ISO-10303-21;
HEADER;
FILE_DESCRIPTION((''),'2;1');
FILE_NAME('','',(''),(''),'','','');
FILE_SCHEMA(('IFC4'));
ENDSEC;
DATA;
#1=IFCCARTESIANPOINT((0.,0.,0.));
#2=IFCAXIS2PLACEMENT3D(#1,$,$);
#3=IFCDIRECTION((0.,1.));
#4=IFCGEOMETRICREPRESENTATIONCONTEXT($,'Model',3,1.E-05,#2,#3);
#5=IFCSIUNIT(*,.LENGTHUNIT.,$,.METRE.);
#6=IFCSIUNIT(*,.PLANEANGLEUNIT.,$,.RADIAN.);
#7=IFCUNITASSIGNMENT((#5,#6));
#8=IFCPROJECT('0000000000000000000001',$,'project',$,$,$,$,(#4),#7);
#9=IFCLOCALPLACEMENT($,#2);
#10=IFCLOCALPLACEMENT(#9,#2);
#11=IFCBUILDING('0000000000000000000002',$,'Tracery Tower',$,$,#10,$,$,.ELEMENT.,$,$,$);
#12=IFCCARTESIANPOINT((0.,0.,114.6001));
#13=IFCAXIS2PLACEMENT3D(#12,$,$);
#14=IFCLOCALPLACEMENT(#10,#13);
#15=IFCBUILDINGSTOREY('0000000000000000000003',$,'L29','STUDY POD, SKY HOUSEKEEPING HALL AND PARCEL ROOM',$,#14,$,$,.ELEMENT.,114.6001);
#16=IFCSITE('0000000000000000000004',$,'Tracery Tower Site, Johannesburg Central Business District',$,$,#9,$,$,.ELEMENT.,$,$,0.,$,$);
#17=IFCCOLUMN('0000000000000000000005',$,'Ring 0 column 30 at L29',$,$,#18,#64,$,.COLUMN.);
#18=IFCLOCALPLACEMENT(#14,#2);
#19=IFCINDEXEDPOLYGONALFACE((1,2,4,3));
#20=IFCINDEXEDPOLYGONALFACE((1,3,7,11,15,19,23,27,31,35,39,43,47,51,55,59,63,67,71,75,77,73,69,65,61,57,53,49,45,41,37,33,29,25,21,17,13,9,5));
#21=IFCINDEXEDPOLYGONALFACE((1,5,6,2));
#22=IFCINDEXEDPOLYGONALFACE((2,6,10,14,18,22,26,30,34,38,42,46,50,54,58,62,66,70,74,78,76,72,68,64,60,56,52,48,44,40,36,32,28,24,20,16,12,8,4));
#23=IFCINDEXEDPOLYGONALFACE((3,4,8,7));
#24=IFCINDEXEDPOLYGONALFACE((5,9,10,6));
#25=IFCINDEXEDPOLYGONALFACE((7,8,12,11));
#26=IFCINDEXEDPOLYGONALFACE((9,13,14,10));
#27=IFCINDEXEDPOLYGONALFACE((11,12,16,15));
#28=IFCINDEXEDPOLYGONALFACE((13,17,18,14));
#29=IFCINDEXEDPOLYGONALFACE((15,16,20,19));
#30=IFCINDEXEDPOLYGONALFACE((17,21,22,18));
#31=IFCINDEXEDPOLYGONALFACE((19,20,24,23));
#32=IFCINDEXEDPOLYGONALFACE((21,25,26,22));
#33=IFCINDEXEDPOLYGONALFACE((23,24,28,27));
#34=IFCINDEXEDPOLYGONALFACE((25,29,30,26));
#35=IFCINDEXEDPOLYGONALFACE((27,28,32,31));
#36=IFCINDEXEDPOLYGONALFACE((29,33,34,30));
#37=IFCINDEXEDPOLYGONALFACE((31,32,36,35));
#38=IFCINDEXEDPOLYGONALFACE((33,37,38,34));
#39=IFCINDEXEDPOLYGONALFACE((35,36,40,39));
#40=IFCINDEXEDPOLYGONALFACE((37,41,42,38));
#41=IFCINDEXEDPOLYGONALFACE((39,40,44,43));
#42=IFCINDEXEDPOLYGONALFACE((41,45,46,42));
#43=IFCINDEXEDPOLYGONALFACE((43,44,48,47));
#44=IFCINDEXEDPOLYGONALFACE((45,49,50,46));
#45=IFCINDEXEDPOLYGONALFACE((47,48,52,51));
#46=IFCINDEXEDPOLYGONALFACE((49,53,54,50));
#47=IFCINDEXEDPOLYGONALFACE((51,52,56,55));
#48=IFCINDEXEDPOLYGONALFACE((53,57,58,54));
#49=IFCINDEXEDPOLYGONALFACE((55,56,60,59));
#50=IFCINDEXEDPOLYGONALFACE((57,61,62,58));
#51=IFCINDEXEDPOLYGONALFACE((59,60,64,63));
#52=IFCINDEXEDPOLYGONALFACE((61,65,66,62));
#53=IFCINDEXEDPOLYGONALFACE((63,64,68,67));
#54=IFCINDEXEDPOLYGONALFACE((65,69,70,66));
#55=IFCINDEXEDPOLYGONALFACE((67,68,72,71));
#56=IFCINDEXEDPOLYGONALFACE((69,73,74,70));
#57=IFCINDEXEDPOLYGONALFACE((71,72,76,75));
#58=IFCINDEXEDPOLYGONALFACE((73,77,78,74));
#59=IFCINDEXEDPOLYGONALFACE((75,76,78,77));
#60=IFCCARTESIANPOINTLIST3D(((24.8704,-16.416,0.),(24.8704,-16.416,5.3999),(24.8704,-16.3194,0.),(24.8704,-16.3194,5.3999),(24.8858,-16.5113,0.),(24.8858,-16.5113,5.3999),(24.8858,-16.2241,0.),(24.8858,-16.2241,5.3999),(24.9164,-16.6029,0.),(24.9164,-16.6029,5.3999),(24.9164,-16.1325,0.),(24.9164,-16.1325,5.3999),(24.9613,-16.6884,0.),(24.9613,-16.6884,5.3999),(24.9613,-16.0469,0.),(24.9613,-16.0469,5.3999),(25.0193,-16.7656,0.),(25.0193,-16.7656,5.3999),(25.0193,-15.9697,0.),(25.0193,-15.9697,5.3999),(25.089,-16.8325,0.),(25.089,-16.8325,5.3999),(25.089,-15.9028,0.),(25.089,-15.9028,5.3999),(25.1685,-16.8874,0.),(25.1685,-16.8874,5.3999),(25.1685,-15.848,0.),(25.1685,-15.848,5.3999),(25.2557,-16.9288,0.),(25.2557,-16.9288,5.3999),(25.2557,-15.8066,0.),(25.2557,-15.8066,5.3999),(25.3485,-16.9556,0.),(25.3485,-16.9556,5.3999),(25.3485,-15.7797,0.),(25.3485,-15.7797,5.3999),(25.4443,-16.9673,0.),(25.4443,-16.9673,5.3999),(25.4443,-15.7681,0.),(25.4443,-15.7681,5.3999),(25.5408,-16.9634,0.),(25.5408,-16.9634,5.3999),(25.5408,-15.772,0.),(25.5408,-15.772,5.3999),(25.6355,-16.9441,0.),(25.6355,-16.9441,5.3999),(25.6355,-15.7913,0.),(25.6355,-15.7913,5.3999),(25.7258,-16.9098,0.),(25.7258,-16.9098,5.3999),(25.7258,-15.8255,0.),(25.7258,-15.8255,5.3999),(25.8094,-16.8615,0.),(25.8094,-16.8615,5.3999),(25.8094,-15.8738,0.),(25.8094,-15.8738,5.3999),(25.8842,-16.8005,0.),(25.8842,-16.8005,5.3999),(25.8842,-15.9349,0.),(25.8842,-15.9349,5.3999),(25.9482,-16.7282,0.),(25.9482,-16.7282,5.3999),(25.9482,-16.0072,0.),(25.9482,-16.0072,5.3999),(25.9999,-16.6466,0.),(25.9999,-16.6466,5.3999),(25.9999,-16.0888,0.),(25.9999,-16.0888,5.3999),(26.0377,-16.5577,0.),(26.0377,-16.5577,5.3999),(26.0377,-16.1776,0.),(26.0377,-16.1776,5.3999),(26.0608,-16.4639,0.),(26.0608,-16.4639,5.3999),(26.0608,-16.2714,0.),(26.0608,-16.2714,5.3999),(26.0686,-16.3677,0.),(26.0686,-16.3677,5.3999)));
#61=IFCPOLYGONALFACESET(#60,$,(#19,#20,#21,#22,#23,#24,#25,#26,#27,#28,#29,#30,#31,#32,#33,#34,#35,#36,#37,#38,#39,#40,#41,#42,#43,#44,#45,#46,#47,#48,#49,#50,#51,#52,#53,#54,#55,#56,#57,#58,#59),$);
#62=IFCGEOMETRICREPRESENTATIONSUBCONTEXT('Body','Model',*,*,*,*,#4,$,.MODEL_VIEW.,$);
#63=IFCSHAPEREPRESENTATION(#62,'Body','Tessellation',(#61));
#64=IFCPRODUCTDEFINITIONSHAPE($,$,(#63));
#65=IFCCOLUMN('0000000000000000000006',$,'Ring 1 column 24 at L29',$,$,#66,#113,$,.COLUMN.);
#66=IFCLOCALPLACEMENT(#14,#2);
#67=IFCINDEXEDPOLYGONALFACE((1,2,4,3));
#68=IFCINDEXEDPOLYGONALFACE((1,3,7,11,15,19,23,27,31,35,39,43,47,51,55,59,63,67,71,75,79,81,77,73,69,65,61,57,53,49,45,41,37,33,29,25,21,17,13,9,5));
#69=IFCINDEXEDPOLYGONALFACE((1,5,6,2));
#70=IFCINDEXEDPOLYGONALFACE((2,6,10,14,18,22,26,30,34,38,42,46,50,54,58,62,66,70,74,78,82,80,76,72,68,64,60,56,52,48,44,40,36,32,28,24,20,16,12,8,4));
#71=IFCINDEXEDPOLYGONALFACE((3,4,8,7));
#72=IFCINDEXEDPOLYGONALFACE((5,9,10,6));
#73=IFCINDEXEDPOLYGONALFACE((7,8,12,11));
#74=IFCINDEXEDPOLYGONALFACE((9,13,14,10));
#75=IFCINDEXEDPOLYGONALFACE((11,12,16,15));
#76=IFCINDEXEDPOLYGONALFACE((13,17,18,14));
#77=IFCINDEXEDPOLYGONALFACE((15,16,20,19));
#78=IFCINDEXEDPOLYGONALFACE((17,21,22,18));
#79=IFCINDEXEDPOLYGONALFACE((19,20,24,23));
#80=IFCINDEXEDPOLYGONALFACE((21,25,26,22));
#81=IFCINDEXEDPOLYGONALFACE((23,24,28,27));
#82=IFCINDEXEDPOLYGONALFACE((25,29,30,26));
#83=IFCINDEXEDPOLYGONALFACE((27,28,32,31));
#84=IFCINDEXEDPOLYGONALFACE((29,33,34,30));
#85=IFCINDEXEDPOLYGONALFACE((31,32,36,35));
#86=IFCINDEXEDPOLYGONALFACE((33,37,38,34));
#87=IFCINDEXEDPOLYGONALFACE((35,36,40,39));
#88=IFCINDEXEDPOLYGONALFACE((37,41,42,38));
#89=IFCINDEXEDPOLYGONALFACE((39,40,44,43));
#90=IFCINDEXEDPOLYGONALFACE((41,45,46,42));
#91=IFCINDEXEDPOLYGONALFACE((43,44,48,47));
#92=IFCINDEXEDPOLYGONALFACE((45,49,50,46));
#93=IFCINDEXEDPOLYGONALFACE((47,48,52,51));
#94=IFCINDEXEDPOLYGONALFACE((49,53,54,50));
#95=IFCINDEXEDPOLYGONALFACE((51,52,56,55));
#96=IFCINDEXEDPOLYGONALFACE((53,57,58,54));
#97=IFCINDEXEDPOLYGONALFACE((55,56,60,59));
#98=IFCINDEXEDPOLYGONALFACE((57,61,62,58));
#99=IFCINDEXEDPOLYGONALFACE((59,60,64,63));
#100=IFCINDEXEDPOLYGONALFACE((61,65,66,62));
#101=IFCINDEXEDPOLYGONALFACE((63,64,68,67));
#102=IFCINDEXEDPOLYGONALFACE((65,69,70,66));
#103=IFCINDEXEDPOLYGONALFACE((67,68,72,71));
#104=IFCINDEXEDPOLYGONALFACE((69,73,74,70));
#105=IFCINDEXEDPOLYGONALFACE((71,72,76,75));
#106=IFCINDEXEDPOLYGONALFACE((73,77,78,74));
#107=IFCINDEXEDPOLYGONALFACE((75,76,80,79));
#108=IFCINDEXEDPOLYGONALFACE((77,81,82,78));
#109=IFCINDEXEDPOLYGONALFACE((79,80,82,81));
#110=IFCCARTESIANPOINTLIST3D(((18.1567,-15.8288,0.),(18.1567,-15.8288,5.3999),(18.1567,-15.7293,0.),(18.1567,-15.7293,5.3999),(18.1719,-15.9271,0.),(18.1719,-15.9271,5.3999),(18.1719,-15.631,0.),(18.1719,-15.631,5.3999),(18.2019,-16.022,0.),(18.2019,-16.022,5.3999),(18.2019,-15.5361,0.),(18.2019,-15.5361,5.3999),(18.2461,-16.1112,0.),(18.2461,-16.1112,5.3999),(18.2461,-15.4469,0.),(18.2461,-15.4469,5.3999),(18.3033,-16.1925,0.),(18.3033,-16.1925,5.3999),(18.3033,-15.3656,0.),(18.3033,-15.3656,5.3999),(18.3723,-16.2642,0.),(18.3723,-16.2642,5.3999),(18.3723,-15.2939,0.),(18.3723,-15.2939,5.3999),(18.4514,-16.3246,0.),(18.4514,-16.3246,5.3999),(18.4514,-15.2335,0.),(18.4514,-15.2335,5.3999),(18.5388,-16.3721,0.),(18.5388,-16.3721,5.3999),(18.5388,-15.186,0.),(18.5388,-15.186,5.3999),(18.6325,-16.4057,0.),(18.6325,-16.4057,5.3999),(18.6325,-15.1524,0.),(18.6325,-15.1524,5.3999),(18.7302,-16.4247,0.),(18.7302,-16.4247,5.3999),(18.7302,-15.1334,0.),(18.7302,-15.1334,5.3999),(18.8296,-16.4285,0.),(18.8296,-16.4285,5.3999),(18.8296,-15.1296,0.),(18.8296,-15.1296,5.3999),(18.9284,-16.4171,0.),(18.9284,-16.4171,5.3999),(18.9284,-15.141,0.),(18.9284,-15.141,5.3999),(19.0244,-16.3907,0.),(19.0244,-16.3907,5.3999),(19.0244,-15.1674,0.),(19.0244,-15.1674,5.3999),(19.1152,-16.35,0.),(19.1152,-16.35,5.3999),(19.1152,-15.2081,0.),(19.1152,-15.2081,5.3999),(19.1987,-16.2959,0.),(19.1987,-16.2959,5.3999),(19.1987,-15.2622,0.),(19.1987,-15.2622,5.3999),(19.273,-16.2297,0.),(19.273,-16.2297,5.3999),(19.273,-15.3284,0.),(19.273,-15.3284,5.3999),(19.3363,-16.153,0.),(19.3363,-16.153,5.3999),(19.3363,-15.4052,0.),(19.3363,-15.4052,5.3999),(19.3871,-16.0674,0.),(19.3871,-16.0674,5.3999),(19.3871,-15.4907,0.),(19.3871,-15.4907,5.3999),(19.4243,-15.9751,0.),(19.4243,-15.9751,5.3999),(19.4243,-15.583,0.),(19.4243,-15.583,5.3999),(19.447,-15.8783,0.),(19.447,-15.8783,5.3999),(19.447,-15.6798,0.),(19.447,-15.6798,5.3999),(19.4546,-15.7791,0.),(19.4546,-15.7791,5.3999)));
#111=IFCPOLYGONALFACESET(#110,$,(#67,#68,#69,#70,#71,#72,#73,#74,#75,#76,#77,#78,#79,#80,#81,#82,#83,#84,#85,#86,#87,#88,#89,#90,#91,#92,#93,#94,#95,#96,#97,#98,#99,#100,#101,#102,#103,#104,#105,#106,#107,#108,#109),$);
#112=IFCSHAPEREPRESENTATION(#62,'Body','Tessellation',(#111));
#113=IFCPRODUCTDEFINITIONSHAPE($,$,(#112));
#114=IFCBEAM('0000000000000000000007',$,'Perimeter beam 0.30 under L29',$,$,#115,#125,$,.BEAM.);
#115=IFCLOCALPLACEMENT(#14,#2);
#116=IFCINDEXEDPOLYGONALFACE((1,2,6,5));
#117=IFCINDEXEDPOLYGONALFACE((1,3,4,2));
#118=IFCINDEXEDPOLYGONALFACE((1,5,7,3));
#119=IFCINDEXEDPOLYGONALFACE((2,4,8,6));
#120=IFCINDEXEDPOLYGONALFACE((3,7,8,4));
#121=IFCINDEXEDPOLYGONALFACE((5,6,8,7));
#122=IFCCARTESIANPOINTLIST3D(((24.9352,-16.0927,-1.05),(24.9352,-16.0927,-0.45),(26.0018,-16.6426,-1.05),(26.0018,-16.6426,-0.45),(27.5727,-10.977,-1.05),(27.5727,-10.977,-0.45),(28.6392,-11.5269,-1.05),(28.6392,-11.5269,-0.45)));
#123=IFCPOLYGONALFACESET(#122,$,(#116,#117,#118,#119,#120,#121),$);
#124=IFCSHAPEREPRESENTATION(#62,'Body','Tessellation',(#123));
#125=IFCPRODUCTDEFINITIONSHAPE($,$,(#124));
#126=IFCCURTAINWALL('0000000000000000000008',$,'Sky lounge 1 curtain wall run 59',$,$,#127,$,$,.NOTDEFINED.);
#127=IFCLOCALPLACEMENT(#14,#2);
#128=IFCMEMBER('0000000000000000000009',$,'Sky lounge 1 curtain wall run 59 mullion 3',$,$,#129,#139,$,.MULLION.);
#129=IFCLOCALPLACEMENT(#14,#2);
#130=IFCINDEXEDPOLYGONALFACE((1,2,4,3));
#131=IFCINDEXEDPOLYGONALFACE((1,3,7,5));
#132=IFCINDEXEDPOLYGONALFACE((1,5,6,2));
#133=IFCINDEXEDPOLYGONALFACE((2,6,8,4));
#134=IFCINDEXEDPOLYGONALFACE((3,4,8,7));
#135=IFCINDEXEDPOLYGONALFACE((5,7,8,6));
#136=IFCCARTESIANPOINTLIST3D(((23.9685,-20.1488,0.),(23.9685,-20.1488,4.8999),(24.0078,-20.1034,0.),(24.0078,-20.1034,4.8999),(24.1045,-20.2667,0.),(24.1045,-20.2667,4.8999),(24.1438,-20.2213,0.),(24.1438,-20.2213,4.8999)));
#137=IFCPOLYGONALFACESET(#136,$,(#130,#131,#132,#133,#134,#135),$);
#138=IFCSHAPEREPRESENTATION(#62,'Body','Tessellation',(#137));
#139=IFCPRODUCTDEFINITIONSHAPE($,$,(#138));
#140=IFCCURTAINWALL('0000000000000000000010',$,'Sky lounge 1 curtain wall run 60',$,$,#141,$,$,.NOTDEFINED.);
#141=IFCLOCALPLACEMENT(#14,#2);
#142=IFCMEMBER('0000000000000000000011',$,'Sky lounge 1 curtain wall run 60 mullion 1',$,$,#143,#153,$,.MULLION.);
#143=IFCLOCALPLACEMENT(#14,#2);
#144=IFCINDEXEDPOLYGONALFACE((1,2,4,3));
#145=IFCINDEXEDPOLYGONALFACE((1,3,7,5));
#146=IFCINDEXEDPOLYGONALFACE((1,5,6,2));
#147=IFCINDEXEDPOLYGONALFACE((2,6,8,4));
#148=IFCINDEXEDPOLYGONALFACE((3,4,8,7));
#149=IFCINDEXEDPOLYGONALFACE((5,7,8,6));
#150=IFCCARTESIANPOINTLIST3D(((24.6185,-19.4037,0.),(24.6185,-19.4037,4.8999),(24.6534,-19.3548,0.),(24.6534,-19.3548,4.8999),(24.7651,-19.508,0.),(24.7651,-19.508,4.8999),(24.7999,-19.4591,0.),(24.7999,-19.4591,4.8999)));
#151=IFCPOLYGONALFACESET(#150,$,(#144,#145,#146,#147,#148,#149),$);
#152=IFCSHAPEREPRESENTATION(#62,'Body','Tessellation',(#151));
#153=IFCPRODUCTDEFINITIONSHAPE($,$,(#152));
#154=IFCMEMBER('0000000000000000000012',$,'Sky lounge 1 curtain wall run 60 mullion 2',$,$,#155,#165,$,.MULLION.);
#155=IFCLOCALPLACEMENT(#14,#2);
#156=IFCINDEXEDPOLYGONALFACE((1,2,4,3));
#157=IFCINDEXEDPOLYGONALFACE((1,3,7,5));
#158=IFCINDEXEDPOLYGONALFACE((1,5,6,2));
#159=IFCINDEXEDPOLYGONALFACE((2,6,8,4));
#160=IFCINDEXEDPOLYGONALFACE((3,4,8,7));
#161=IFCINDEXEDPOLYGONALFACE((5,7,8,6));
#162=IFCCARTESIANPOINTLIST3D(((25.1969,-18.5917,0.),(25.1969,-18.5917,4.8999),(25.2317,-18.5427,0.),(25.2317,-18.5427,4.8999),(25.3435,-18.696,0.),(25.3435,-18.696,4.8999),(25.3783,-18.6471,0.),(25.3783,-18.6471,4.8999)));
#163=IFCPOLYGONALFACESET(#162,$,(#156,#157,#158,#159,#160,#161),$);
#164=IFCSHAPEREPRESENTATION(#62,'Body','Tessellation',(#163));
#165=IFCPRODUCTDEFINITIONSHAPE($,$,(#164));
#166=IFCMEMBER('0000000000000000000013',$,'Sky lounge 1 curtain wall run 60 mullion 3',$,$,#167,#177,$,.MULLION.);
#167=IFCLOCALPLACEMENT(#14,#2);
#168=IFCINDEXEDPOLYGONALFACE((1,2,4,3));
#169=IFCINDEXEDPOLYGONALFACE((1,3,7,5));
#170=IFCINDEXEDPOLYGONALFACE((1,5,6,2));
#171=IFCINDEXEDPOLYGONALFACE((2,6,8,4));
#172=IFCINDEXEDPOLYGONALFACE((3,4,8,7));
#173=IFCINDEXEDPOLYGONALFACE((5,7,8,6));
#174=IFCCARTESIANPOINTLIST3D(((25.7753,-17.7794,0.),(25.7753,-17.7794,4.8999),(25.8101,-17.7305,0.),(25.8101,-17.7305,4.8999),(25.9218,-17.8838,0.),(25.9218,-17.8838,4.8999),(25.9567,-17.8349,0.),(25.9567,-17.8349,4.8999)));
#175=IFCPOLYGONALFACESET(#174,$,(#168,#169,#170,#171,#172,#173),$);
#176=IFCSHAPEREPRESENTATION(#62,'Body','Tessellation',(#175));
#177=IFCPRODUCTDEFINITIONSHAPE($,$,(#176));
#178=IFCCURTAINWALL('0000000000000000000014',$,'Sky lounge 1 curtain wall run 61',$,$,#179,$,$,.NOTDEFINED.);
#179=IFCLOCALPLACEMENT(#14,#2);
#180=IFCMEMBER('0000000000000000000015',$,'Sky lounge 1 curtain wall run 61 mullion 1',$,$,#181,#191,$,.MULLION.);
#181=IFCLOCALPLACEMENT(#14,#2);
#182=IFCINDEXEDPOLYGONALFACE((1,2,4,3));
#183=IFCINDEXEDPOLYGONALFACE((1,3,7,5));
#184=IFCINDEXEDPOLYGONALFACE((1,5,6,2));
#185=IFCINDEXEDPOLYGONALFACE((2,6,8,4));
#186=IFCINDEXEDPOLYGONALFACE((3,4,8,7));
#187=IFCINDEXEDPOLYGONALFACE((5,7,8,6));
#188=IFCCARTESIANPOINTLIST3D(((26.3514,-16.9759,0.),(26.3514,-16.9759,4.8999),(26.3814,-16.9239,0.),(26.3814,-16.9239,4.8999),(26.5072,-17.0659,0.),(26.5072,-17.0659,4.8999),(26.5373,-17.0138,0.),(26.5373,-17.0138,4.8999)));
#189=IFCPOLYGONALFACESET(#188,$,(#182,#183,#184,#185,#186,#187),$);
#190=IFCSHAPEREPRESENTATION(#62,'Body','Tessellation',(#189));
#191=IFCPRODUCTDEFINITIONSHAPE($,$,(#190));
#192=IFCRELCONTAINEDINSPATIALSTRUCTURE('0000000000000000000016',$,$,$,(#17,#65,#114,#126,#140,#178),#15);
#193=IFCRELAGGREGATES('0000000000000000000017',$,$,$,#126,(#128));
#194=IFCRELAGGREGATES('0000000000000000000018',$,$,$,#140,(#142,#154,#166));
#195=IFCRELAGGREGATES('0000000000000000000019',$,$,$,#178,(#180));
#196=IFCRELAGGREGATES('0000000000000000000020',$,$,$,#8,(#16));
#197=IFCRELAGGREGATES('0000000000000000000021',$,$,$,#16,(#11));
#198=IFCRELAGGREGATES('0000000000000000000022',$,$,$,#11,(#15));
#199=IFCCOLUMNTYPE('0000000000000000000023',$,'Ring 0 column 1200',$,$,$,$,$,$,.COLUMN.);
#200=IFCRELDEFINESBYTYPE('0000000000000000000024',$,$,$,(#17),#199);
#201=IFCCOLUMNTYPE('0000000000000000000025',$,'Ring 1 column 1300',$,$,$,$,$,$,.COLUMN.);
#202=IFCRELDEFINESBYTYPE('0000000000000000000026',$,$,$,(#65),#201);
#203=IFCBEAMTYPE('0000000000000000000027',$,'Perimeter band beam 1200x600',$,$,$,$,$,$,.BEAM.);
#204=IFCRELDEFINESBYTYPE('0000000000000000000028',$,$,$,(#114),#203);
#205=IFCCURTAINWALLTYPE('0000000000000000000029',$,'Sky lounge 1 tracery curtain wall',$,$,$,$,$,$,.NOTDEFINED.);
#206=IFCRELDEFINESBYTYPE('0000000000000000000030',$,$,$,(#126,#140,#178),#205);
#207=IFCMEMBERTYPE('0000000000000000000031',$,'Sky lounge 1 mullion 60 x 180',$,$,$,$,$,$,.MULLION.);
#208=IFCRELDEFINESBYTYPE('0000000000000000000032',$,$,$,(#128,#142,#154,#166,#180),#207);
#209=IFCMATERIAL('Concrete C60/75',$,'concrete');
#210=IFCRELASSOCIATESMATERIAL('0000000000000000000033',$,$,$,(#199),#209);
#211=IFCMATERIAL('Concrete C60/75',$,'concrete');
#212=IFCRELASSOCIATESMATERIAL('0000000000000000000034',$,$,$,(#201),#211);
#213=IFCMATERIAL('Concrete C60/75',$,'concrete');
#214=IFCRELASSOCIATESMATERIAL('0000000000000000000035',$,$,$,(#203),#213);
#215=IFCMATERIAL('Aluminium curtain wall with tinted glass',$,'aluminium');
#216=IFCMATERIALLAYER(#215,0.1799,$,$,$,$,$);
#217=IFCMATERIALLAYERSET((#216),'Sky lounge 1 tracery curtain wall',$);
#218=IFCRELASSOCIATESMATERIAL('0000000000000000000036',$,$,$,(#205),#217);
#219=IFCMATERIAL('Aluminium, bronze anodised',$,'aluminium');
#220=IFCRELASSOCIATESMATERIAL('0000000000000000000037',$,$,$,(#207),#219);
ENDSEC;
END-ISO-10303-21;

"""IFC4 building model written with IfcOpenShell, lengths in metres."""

from ifc_helpers import new_model, si_unit, direction, frame, origin, origin_2d, place, context, subcontext, project, spatial, rectangle, circle, extrude, material, layer, layer_set, material_profile, profile_set, type_object, element, aggregate, save


model = new_model("IFC4")

# Units and contexts
model_context = context("Model", 3, precision=1e-05, world=origin(), true_north=direction((0.0, 1.0)))
body_context = subcontext(model_context, "Body", "Model", "MODEL_VIEW")
ifc_project = project(units=[si_unit("LENGTHUNIT", "METRE"), si_unit("PLANEANGLEUNIT", "RADIAN")], contexts=[model_context])

# Site, building, storey
site_placement = place(None, origin())
site = spatial("IfcSite", under=ifc_project, at=site_placement, Name="Tracery Tower Site, Johannesburg Central Business District", CompositionType="ELEMENT", RefElevation=0.0)
building_placement = place(site_placement, origin())
building = spatial("IfcBuilding", under=site, at=building_placement, Name="Tracery Tower", CompositionType="ELEMENT")
storey_placement = place(building_placement, frame((0.0, 0.0, 114.6001)))
storey = spatial("IfcBuildingStorey", under=building, at=storey_placement, Name="L29", Description="STUDY POD, SKY HOUSEKEEPING HALL AND PARCEL ROOM", CompositionType="ELEMENT", Elevation=114.6001)

# Columns
ifc_material_1 = material(Name="Concrete C60/75", Category="concrete")
ifc_material_profile_1 = material_profile(ifc_material_1, circle(Radius=0.6001, at=origin_2d()), Name="RC D1200")
ifc_profile_set_1 = profile_set([ifc_material_profile_1], Name="Concrete C60/75")
column_type_1 = type_object("IfcColumnType", Name="Ring 0 column 1200", PredefinedType="COLUMN", material=ifc_profile_set_1)
column_1_placement = place(storey_placement, frame((25.4685, -16.3677, 0.0), z_axis=(0.0, 0.0, 1.0), x_axis=(1.0, 0.0, 0.0)))
element("IfcColumn", 1, at=column_1_placement, inside=storey, type_object=column_type_1, Name="Ring 0 column 30 at L29", PredefinedType="COLUMN", context=body_context, shape_type="SweptSolid", body=[
    extrude(circle(Radius=0.6001, at=origin_2d()), origin(), (0.0, 0.0, 1.0), 5.3999),
])
ifc_material_2 = material(Name="Concrete C60/75", Category="concrete")
ifc_material_profile_2 = material_profile(ifc_material_2, circle(Radius=0.6499, at=origin_2d()), Name="RC D1300")
ifc_profile_set_2 = profile_set([ifc_material_profile_2], Name="Concrete C60/75")
column_type_2 = type_object("IfcColumnType", Name="Ring 1 column 1300", PredefinedType="COLUMN", material=ifc_profile_set_2)
column_2_placement = place(storey_placement, frame((18.8047, -15.7791, 0.0), z_axis=(0.0, 0.0, 1.0), x_axis=(1.0, 0.0, 0.0)))
element("IfcColumn", 2, at=column_2_placement, inside=storey, type_object=column_type_2, Name="Ring 1 column 24 at L29", PredefinedType="COLUMN", context=body_context, shape_type="SweptSolid", body=[
    extrude(circle(Radius=0.6499, at=origin_2d()), origin(), (0.0, 0.0, 1.0), 5.3999),
])

# Beam
ifc_material_3 = material(Name="Concrete C60/75", Category="concrete")
ifc_material_profile_3 = material_profile(ifc_material_3, rectangle(XDim=1.2, YDim=0.6001, at=origin_2d()), Name="RC 1200x600")
ifc_profile_set_3 = profile_set([ifc_material_profile_3], Name="Concrete C60/75")
beam_type = type_object("IfcBeamType", Name="Perimeter band beam 1200x600", PredefinedType="BEAM", material=ifc_profile_set_3)
beam_placement = place(storey_placement, frame((25.4685, -16.3677, -0.75), z_axis=(0.458242, 0.888827, 0.0), x_axis=(-0.888827, 0.458242, 0.0)))
element("IfcBeam", 3, at=beam_placement, inside=storey, type_object=beam_type, Name="Perimeter beam 0.30 under L29", PredefinedType="BEAM", context=body_context, shape_type="SweptSolid", body=[
    extrude(rectangle(XDim=1.2, YDim=0.6001, at=origin_2d()), origin(), (0.0, 0.0, 1.0), 5.7556),
])

# Curtain wall, member
ifc_material_4 = material(Name="Aluminium curtain wall with tinted glass", Category="aluminium")
ifc_layer_1 = layer(ifc_material_4, 0.1799)
ifc_layer_set_1 = layer_set([ifc_layer_1], Name="Sky lounge 1 tracery curtain wall")
curtain_wall_type = type_object("IfcCurtainWallType", Name="Sky lounge 1 tracery curtain wall", PredefinedType="NOTDEFINED", material=ifc_layer_set_1)
curtain_wall_1_placement = place(storey_placement, origin())
curtain_wall_1 = element("IfcCurtainWall", 4, at=curtain_wall_1_placement, inside=storey, type_object=curtain_wall_type, Name="Sky lounge 1 curtain wall run 59", PredefinedType="NOTDEFINED")
ifc_material_5 = material(Name="Aluminium, bronze anodised", Category="aluminium")
ifc_material_profile_4 = material_profile(ifc_material_5, rectangle(XDim=0.1799, YDim=0.0601, at=origin_2d()), Name="AL 60x180")
ifc_profile_set_4 = profile_set([ifc_material_profile_4], Name="Aluminium, bronze anodised")
member_type_1 = type_object("IfcMemberType", Name="Sky lounge 1 mullion 60 x 180", PredefinedType="MULLION", material=ifc_profile_set_4)
member_1_placement = place(storey_placement, frame((24.0562, -20.1851, 0.0), z_axis=(0.0, 0.0, 1.0), x_axis=(-0.75575, 0.654861, 0.0)))
member_1 = element("IfcMember", 5, at=member_1_placement, type_object=member_type_1, Name="Sky lounge 1 curtain wall run 59 mullion 3", PredefinedType="MULLION", context=body_context, shape_type="SweptSolid", body=[
    extrude(rectangle(XDim=0.1799, YDim=0.0601, at=origin_2d()), origin(), (0.0, 0.0, 1.0), 4.8999),
])

# Curtain walls, members
curtain_wall_2_placement = place(storey_placement, origin())
curtain_wall_2 = element("IfcCurtainWall", 6, at=curtain_wall_2_placement, inside=storey, type_object=curtain_wall_type, Name="Sky lounge 1 curtain wall run 60", PredefinedType="NOTDEFINED")
member_2_placement = place(storey_placement, frame((24.7092, -19.4314, 0.0), z_axis=(0.0, 0.0, 1.0), x_axis=(-0.814576, 0.580057, 0.0)))
member_2 = element("IfcMember", 7, at=member_2_placement, type_object=member_type_1, Name="Sky lounge 1 curtain wall run 60 mullion 1", PredefinedType="MULLION", context=body_context, shape_type="SweptSolid", body=[
    extrude(rectangle(XDim=0.1799, YDim=0.0601, at=origin_2d()), origin(), (0.0, 0.0, 1.0), 4.8999),
])
member_3_placement = place(storey_placement, frame((25.2876, -18.6194, 0.0), z_axis=(0.0, 0.0, 1.0), x_axis=(-0.814576, 0.580057, 0.0)))
member_3 = element("IfcMember", 8, at=member_3_placement, type_object=member_type_1, Name="Sky lounge 1 curtain wall run 60 mullion 2", PredefinedType="MULLION", context=body_context, shape_type="SweptSolid", body=[
    extrude(rectangle(XDim=0.1799, YDim=0.0601, at=origin_2d()), origin(), (0.0, 0.0, 1.0), 4.8999),
])
member_4_placement = place(storey_placement, frame((25.866, -17.8071, 0.0), z_axis=(0.0, 0.0, 1.0), x_axis=(-0.814576, 0.580057, 0.0)))
member_4 = element("IfcMember", 9, at=member_4_placement, type_object=member_type_1, Name="Sky lounge 1 curtain wall run 60 mullion 3", PredefinedType="MULLION", context=body_context, shape_type="SweptSolid", body=[
    extrude(rectangle(XDim=0.1799, YDim=0.0601, at=origin_2d()), origin(), (0.0, 0.0, 1.0), 4.8999),
])
curtain_wall_3_placement = place(storey_placement, origin())
curtain_wall_3 = element("IfcCurtainWall", 10, at=curtain_wall_3_placement, inside=storey, type_object=curtain_wall_type, Name="Sky lounge 1 curtain wall run 61", PredefinedType="NOTDEFINED")
member_5_placement = place(storey_placement, frame((26.4443, -16.9949, 0.0), z_axis=(0.0, 0.0, 1.0), x_axis=(-0.866025, 0.5, 0.0)))
member_5 = element("IfcMember", 11, at=member_5_placement, type_object=member_type_1, Name="Sky lounge 1 curtain wall run 61 mullion 1", PredefinedType="MULLION", context=body_context, shape_type="SweptSolid", body=[
    extrude(rectangle(XDim=0.1799, YDim=0.0601, at=origin_2d()), origin(), (0.0, 0.0, 1.0), 4.8999),
])

aggregate(curtain_wall_1, [member_1])
aggregate(curtain_wall_2, [member_2, member_3, member_4])
aggregate(curtain_wall_3, [member_5])

save(model, "model.ifc")
